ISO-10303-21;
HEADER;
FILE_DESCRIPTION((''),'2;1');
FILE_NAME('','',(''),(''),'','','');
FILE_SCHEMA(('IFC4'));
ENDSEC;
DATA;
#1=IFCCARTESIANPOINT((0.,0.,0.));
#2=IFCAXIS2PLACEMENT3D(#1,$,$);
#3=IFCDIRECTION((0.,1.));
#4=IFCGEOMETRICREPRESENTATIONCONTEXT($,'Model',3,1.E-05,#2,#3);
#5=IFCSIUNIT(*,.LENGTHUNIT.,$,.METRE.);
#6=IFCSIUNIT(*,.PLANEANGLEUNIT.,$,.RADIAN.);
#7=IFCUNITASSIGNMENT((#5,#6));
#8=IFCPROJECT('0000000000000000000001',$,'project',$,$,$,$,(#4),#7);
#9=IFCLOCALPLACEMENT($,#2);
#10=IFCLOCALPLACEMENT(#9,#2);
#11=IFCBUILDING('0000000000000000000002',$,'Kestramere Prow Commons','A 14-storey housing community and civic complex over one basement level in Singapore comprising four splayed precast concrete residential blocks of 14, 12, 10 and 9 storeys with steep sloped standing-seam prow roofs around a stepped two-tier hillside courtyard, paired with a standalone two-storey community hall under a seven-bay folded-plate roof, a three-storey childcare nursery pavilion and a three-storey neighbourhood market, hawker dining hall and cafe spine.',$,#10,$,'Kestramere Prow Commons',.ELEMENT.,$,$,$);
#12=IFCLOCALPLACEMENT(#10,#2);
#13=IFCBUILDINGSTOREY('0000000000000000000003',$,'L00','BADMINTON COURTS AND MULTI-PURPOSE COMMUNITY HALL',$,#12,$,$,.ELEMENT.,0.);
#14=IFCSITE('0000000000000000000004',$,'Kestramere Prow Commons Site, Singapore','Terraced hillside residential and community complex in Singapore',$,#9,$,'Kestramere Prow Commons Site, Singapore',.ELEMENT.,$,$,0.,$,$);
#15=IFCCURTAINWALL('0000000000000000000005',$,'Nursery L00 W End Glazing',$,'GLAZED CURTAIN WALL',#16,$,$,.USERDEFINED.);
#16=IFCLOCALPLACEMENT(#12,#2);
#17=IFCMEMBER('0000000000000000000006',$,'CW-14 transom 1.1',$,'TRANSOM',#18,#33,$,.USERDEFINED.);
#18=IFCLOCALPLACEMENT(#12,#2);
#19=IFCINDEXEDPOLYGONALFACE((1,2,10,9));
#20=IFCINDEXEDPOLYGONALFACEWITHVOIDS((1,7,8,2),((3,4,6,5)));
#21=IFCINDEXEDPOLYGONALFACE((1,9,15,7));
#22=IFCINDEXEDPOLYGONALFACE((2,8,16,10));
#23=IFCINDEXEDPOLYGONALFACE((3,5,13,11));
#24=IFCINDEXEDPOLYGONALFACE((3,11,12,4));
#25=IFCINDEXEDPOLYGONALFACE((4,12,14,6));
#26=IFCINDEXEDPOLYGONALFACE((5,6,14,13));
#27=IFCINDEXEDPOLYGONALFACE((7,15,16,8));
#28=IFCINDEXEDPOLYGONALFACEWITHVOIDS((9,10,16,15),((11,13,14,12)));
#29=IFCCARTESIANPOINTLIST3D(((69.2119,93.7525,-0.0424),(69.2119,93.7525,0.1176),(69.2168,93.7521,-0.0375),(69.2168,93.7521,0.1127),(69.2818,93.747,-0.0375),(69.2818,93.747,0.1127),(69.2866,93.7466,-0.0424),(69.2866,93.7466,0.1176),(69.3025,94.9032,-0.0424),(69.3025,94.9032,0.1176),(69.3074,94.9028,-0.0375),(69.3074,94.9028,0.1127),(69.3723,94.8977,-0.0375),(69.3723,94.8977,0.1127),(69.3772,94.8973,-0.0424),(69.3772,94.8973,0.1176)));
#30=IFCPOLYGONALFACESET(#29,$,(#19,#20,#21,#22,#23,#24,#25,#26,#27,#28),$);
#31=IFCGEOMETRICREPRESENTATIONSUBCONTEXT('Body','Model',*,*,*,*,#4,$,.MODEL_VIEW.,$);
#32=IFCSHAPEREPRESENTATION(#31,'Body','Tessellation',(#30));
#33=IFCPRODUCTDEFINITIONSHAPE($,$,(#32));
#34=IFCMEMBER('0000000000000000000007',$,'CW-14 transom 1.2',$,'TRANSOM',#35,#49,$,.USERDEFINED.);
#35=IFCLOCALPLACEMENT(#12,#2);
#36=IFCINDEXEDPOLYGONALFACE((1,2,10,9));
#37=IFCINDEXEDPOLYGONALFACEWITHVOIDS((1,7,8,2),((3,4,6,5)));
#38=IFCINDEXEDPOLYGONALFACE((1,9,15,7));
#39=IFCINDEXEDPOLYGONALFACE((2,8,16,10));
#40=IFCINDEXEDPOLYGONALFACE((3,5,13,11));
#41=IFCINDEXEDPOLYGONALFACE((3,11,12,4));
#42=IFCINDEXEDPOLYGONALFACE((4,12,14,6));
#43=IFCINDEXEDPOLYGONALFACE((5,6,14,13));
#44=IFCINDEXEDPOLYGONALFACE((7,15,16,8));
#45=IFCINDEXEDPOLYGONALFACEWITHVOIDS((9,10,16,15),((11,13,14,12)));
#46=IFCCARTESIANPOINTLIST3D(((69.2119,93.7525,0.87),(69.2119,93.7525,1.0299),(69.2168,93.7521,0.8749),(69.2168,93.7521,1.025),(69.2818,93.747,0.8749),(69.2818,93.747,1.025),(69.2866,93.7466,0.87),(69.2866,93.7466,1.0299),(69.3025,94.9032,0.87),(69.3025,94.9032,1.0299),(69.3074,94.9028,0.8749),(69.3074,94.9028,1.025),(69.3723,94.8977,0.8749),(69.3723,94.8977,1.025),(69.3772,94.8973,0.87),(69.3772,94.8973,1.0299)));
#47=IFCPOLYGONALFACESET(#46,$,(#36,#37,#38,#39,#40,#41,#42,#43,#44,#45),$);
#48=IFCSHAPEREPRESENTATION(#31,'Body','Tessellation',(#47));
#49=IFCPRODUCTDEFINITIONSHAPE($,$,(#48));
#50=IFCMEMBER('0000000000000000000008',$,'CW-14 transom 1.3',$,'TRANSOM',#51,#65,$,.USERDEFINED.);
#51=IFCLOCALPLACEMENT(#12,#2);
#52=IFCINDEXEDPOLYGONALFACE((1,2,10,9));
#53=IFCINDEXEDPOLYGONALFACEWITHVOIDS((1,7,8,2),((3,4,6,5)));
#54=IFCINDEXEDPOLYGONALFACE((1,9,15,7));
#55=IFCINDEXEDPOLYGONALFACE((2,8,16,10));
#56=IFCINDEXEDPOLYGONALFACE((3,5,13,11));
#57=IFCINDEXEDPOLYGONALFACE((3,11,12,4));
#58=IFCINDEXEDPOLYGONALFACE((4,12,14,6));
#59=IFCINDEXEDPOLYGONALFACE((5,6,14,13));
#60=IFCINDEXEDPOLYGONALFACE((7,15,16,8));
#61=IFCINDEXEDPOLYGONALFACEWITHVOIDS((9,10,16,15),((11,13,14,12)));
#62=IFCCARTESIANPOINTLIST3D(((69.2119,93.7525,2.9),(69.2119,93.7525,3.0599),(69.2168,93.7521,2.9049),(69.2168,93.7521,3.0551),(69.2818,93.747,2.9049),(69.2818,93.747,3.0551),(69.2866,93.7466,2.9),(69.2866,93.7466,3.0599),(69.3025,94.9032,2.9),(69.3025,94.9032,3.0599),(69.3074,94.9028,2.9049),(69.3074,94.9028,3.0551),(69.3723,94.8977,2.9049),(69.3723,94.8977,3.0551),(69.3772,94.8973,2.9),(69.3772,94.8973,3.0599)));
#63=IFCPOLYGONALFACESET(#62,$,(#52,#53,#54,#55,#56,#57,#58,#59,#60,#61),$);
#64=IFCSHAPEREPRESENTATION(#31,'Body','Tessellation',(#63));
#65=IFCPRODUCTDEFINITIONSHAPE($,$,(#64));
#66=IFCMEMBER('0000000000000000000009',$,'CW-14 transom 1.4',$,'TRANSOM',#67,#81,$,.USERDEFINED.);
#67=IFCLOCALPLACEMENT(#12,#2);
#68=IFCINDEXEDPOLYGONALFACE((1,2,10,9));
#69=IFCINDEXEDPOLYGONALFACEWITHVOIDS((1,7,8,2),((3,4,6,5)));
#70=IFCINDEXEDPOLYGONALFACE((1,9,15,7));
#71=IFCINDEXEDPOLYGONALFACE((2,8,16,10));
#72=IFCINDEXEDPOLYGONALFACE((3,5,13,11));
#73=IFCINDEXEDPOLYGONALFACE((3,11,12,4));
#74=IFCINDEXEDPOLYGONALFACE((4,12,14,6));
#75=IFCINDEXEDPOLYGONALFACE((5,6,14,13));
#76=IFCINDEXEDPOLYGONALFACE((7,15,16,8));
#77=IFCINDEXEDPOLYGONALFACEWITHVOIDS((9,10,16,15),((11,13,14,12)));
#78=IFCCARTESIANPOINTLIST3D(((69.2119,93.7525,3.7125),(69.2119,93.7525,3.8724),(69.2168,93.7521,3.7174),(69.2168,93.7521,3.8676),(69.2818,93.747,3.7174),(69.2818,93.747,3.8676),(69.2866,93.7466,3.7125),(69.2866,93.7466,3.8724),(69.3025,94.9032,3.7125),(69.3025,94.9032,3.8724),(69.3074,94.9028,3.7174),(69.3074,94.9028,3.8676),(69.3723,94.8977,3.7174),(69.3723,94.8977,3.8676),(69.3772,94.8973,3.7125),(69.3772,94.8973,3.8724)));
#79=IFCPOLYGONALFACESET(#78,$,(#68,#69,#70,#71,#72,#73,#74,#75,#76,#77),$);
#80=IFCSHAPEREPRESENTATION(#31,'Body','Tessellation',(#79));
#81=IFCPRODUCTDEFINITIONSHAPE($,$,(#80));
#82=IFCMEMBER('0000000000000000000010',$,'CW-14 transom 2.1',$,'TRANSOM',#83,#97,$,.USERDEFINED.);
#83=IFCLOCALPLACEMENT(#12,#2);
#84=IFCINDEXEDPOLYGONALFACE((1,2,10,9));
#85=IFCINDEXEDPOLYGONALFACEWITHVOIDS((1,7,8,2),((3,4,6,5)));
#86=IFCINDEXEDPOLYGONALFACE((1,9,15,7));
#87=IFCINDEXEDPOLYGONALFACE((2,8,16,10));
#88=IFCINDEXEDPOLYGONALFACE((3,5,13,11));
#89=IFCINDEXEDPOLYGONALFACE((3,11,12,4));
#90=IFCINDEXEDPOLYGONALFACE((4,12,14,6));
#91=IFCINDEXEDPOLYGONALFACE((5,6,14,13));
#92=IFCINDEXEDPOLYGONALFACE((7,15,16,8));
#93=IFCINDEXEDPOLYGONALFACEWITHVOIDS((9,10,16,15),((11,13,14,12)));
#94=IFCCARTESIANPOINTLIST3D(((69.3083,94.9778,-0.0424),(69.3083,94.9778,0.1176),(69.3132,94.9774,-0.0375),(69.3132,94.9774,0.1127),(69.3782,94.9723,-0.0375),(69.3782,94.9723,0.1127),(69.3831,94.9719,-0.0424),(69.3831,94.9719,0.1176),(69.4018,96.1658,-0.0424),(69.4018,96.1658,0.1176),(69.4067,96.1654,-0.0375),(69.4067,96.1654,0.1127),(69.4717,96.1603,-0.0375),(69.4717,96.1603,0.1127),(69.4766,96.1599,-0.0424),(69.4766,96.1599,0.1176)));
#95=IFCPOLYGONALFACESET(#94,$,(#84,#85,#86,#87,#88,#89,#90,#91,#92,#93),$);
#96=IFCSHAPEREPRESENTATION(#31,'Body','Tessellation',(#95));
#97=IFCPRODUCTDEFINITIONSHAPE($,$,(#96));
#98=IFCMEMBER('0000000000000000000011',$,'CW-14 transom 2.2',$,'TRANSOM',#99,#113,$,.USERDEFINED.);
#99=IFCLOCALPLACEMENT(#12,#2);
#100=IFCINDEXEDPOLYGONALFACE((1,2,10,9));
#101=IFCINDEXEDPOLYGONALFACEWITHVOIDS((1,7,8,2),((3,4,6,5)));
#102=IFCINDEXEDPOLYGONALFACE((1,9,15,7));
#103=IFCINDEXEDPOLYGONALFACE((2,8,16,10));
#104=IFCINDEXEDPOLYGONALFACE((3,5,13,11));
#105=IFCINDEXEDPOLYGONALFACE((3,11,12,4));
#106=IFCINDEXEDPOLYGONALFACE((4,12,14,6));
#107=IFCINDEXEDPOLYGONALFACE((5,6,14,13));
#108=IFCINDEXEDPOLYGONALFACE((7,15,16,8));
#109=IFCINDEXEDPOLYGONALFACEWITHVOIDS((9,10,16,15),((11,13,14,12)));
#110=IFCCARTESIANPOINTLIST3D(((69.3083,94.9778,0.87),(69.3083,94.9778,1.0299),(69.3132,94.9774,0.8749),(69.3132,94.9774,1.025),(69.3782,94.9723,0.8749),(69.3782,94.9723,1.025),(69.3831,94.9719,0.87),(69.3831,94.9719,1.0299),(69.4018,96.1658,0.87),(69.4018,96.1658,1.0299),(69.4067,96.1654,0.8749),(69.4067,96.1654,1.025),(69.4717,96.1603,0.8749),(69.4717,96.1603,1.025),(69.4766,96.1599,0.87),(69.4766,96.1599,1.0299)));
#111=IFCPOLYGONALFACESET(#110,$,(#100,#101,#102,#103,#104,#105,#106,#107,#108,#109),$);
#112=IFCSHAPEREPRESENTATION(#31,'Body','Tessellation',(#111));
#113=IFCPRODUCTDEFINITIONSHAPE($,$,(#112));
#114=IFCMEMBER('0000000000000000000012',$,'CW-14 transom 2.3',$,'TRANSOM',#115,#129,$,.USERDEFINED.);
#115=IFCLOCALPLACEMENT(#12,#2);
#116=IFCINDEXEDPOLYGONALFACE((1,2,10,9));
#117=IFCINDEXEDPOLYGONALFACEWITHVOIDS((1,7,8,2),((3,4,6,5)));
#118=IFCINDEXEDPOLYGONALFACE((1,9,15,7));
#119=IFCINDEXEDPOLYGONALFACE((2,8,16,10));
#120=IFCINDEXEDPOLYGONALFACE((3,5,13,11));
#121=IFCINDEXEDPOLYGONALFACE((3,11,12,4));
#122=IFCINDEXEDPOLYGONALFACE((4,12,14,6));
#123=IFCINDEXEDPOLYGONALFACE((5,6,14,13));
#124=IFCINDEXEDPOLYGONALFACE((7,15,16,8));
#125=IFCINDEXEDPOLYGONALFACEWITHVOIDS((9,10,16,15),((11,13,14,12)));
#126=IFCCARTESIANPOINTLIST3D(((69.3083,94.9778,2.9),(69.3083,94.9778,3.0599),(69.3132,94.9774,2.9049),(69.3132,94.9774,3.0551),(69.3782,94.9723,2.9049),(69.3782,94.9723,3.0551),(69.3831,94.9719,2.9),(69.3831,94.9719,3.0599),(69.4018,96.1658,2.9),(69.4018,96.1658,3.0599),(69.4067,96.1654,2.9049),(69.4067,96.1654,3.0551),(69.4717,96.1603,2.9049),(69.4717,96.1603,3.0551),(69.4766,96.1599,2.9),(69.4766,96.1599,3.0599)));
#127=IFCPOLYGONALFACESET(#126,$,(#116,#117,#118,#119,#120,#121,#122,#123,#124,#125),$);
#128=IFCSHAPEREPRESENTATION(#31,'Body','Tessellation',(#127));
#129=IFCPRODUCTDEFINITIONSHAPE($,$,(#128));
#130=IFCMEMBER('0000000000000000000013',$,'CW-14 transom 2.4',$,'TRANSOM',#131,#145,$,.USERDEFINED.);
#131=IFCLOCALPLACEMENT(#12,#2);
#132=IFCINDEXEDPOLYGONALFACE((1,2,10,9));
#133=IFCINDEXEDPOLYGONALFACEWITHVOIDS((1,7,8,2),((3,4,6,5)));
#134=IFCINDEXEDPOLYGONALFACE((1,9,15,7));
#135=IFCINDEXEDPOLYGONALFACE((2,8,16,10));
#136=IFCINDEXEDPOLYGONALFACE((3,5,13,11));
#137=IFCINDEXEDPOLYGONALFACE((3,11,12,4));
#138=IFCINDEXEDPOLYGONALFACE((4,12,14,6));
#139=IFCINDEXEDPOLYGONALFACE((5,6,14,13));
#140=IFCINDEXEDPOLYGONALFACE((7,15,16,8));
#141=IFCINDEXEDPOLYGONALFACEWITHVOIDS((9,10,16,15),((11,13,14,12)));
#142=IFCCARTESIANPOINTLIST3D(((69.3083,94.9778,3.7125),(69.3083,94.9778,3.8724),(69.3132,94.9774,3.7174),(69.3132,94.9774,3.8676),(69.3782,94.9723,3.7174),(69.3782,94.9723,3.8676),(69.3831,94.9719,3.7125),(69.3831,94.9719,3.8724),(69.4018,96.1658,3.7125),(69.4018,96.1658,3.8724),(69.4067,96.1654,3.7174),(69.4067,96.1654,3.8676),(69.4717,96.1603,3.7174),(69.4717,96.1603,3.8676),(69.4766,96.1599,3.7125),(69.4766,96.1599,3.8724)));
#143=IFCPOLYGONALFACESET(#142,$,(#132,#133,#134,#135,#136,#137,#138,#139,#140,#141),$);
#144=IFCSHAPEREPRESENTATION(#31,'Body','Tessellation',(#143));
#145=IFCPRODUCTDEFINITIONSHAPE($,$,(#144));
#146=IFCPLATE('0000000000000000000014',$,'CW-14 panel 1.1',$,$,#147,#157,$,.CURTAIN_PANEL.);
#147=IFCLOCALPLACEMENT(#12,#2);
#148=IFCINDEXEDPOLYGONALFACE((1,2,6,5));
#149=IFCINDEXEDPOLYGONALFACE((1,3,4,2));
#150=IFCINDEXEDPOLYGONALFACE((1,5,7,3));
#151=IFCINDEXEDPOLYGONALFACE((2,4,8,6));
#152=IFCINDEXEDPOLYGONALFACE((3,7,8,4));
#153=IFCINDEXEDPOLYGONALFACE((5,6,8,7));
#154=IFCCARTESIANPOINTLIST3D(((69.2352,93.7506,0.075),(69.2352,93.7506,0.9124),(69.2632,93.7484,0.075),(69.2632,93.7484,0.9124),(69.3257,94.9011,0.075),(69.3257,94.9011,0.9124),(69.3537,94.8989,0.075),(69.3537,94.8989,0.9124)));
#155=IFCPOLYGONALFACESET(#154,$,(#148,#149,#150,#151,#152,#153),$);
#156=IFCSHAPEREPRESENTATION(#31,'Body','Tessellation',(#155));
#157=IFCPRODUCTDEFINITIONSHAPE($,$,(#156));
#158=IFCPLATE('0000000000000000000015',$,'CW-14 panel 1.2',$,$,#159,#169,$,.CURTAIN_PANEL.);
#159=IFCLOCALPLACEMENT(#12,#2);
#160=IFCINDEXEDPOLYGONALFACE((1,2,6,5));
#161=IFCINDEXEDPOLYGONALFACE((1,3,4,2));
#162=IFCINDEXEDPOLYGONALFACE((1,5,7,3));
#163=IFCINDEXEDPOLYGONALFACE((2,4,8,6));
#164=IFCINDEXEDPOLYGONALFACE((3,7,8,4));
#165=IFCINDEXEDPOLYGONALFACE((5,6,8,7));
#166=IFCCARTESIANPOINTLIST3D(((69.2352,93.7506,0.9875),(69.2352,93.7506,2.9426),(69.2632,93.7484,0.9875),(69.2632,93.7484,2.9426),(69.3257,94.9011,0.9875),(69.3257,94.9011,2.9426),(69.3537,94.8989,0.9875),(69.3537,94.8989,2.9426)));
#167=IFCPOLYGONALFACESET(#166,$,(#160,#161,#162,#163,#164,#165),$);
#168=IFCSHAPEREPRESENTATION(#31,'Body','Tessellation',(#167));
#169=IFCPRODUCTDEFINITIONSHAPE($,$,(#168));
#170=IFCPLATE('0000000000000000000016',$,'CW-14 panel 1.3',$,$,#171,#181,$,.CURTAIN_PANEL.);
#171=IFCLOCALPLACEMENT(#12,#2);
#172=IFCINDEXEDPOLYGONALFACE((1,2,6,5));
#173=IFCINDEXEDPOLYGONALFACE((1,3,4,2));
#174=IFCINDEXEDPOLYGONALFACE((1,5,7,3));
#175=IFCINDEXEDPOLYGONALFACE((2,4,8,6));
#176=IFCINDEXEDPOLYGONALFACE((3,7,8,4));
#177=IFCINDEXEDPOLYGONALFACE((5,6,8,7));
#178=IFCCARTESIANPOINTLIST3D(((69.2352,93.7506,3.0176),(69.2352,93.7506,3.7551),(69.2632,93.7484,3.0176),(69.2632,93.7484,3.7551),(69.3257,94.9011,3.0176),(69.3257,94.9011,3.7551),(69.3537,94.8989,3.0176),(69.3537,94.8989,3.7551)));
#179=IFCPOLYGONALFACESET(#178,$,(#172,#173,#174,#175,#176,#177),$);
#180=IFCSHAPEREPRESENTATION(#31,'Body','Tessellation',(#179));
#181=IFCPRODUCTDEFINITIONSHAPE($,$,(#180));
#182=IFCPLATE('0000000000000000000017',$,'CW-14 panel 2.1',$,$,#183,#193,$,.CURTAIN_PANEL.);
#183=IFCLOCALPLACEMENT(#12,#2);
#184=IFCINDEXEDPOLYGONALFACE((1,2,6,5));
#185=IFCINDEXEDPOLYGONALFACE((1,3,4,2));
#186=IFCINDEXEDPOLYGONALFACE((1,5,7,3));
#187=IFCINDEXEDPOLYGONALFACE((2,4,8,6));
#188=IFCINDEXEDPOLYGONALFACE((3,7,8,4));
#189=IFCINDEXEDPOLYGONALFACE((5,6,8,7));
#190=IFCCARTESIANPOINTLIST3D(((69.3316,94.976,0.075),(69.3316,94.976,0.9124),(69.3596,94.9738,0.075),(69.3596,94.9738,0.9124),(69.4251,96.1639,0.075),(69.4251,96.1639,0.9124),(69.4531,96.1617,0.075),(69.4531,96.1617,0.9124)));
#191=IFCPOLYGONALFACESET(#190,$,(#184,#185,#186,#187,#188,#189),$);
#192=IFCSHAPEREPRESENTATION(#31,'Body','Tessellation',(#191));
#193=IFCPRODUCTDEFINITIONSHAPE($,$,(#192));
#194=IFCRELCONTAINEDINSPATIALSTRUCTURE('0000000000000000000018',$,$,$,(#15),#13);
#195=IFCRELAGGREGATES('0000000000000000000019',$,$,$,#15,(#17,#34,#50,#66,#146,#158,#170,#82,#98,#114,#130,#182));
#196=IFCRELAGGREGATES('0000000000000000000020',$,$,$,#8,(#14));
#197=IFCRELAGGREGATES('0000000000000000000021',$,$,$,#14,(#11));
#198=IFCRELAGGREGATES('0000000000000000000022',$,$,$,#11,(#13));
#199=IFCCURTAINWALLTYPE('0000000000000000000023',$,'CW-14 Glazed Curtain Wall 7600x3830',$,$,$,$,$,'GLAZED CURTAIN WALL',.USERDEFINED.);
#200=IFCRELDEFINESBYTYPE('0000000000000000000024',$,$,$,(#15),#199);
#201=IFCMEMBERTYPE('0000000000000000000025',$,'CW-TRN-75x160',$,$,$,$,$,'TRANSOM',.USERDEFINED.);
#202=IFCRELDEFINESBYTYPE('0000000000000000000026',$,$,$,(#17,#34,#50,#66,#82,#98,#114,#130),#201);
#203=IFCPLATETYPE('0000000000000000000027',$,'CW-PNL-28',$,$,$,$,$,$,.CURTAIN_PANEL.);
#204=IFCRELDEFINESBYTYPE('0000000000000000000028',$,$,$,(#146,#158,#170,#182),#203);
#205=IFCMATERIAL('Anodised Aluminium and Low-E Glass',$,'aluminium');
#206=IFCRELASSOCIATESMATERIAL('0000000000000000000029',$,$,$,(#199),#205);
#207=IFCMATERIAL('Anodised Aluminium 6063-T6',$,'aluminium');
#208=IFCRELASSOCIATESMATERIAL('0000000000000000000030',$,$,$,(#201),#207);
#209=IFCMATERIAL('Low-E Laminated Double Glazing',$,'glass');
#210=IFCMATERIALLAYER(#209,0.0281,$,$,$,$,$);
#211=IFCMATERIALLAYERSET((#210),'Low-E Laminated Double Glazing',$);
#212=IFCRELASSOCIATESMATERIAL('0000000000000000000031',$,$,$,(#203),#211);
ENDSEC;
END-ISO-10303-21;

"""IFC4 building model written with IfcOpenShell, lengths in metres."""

from ifc_helpers import new_model, si_unit, direction, frame, origin, origin_2d, place, context, subcontext, project, spatial, rectangle, hollow_rectangle, extrude, material, layer, layer_set, material_profile, profile_set, type_object, element, aggregate, save


model = new_model("IFC4")

# Units and contexts
model_context = context("Model", 3, precision=1e-05, world=origin(), true_north=direction((0.0, 1.0)))
body_context = subcontext(model_context, "Body", "Model", "MODEL_VIEW")
ifc_project = project(units=[si_unit("LENGTHUNIT", "METRE"), si_unit("PLANEANGLEUNIT", "RADIAN")], contexts=[model_context])

# Site, building, storey
site_placement = place(None, origin())
site = spatial("IfcSite", under=ifc_project, at=site_placement, Name="Kestramere Prow Commons Site, Singapore", Description="Terraced hillside residential and community complex in Singapore", LongName="Kestramere Prow Commons Site, Singapore", CompositionType="ELEMENT", RefElevation=0.0)
building_placement = place(site_placement, origin())
building = spatial("IfcBuilding", under=site, at=building_placement, Name="Kestramere Prow Commons", Description="A 14-storey housing community and civic complex over one basement level in Singapore comprising four splayed precast concrete residential blocks of 14, 12, 10 and 9 storeys with steep sloped standing-seam prow roofs around a stepped two-tier hillside courtyard, paired with a standalone two-storey community hall under a seven-bay folded-plate roof, a three-storey childcare nursery pavilion and a three-storey neighbourhood market, hawker dining hall and cafe spine.", LongName="Kestramere Prow Commons", CompositionType="ELEMENT")
storey_placement = place(building_placement, origin())
storey = spatial("IfcBuildingStorey", under=building, at=storey_placement, Name="L00", Description="BADMINTON COURTS AND MULTI-PURPOSE COMMUNITY HALL", CompositionType="ELEMENT", Elevation=0.0)

# Curtain wall, members, plates
ifc_material_1 = material(Name="Anodised Aluminium and Low-E Glass", Category="aluminium")
curtain_wall_type = type_object("IfcCurtainWallType", Name="CW-14 Glazed Curtain Wall 7600x3830", ElementType="GLAZED CURTAIN WALL", PredefinedType="USERDEFINED", material=ifc_material_1)
curtain_wall_placement = place(storey_placement, origin())
curtain_wall = element("IfcCurtainWall", 1, at=curtain_wall_placement, inside=storey, type_object=curtain_wall_type, Name="Nursery L00 W End Glazing", ObjectType="GLAZED CURTAIN WALL", PredefinedType="USERDEFINED")
ifc_material_2 = material(Name="Anodised Aluminium 6063-T6", Category="aluminium")
ifc_material_profile_1 = material_profile(ifc_material_2, hollow_rectangle(XDim=0.075, YDim=0.1599, WallThickness=0.0049, at=origin_2d()), Name="ALU-TRN 75x160")
ifc_profile_set_1 = profile_set([ifc_material_profile_1], Name="Anodised Aluminium 6063-T6")
member_type_1 = type_object("IfcMemberType", Name="CW-TRN-75x160", ElementType="TRANSOM", PredefinedType="USERDEFINED", material=ifc_profile_set_1)
member_1_placement = place(storey_placement, frame((69.2493, 93.7495, 0.0376), z_axis=(0.078476, 0.996916, 0.0), x_axis=(-0.996916, 0.078476, 0.0)))
member_1 = element("IfcMember", 2, at=member_1_placement, type_object=member_type_1, Name="CW-14 transom 1.1", ObjectType="TRANSOM", PredefinedType="USERDEFINED", context=body_context, shape_type="SweptSolid", body=[
    extrude(hollow_rectangle(XDim=0.075, YDim=0.1599, WallThickness=0.0049, at=origin_2d()), origin(), (0.0, 0.0, 1.0), 1.1543),
])
member_2_placement = place(storey_placement, frame((69.2493, 93.7495, 0.95), z_axis=(0.078476, 0.996916, 0.0), x_axis=(-0.996916, 0.078476, 0.0)))
member_2 = element("IfcMember", 3, at=member_2_placement, type_object=member_type_1, Name="CW-14 transom 1.2", ObjectType="TRANSOM", PredefinedType="USERDEFINED", context=body_context, shape_type="SweptSolid", body=[
    extrude(hollow_rectangle(XDim=0.075, YDim=0.1599, WallThickness=0.0049, at=origin_2d()), origin(), (0.0, 0.0, 1.0), 1.1543),
])
member_3_placement = place(storey_placement, frame((69.2493, 93.7495, 2.98), z_axis=(0.078476, 0.996916, 0.0), x_axis=(-0.996916, 0.078476, 0.0)))
member_3 = element("IfcMember", 4, at=member_3_placement, type_object=member_type_1, Name="CW-14 transom 1.3", ObjectType="TRANSOM", PredefinedType="USERDEFINED", context=body_context, shape_type="SweptSolid", body=[
    extrude(hollow_rectangle(XDim=0.075, YDim=0.1599, WallThickness=0.0049, at=origin_2d()), origin(), (0.0, 0.0, 1.0), 1.1543),
])
member_4_placement = place(storey_placement, frame((69.2493, 93.7495, 3.7925), z_axis=(0.078476, 0.996916, 0.0), x_axis=(-0.996916, 0.078476, 0.0)))
member_4 = element("IfcMember", 5, at=member_4_placement, type_object=member_type_1, Name="CW-14 transom 1.4", ObjectType="TRANSOM", PredefinedType="USERDEFINED", context=body_context, shape_type="SweptSolid", body=[
    extrude(hollow_rectangle(XDim=0.075, YDim=0.1599, WallThickness=0.0049, at=origin_2d()), origin(), (0.0, 0.0, 1.0), 1.1543),
])
member_5_placement = place(storey_placement, frame((69.3457, 94.9749, 0.0376), z_axis=(0.078467, 0.996917, 0.0), x_axis=(-0.996917, 0.078467, 0.0)))
member_5 = element("IfcMember", 6, at=member_5_placement, type_object=member_type_1, Name="CW-14 transom 2.1", ObjectType="TRANSOM", PredefinedType="USERDEFINED", context=body_context, shape_type="SweptSolid", body=[
    extrude(hollow_rectangle(XDim=0.075, YDim=0.1599, WallThickness=0.0049, at=origin_2d()), origin(), (0.0, 0.0, 1.0), 1.1917),
])
member_6_placement = place(storey_placement, frame((69.3457, 94.9749, 0.95), z_axis=(0.078467, 0.996917, 0.0), x_axis=(-0.996917, 0.078467, 0.0)))
member_6 = element("IfcMember", 7, at=member_6_placement, type_object=member_type_1, Name="CW-14 transom 2.2", ObjectType="TRANSOM", PredefinedType="USERDEFINED", context=body_context, shape_type="SweptSolid", body=[
    extrude(hollow_rectangle(XDim=0.075, YDim=0.1599, WallThickness=0.0049, at=origin_2d()), origin(), (0.0, 0.0, 1.0), 1.1917),
])
member_7_placement = place(storey_placement, frame((69.3457, 94.9749, 2.98), z_axis=(0.078467, 0.996917, 0.0), x_axis=(-0.996917, 0.078467, 0.0)))
member_7 = element("IfcMember", 8, at=member_7_placement, type_object=member_type_1, Name="CW-14 transom 2.3", ObjectType="TRANSOM", PredefinedType="USERDEFINED", context=body_context, shape_type="SweptSolid", body=[
    extrude(hollow_rectangle(XDim=0.075, YDim=0.1599, WallThickness=0.0049, at=origin_2d()), origin(), (0.0, 0.0, 1.0), 1.1917),
])
member_8_placement = place(storey_placement, frame((69.3457, 94.9749, 3.7925), z_axis=(0.078467, 0.996917, 0.0), x_axis=(-0.996917, 0.078467, 0.0)))
member_8 = element("IfcMember", 9, at=member_8_placement, type_object=member_type_1, Name="CW-14 transom 2.4", ObjectType="TRANSOM", PredefinedType="USERDEFINED", context=body_context, shape_type="SweptSolid", body=[
    extrude(hollow_rectangle(XDim=0.075, YDim=0.1599, WallThickness=0.0049, at=origin_2d()), origin(), (0.0, 0.0, 1.0), 1.1917),
])
ifc_material_3 = material(Name="Low-E Laminated Double Glazing", Category="glass")
ifc_layer_1 = layer(ifc_material_3, 0.0281)
ifc_layer_set_1 = layer_set([ifc_layer_1], Name="Low-E Laminated Double Glazing")
plate_type = type_object("IfcPlateType", Name="CW-PNL-28", PredefinedType="CURTAIN_PANEL", material=ifc_layer_set_1)
plate_1_placement = place(storey_placement, frame((69.2944, 94.3247, 0.075), z_axis=(0.0, 0.0, 1.0), x_axis=(0.078459, 0.996917, 0.0)))
plate_1 = element("IfcPlate", 10, at=plate_1_placement, type_object=plate_type, Name="CW-14 panel 1.1", PredefinedType="CURTAIN_PANEL", context=body_context, shape_type="SweptSolid", body=[
    extrude(rectangle(XDim=1.1541, YDim=0.0281, at=origin_2d()), origin(), (0.0, 0.0, 1.0), 0.8374),
])
plate_2_placement = place(storey_placement, frame((69.2944, 94.3247, 0.9875), z_axis=(0.0, 0.0, 1.0), x_axis=(0.078459, 0.996917, 0.0)))
plate_2 = element("IfcPlate", 11, at=plate_2_placement, type_object=plate_type, Name="CW-14 panel 1.2", PredefinedType="CURTAIN_PANEL", context=body_context, shape_type="SweptSolid", body=[
    extrude(rectangle(XDim=1.1541, YDim=0.0281, at=origin_2d()), origin(), (0.0, 0.0, 1.0), 1.9551),
])
plate_3_placement = place(storey_placement, frame((69.2944, 94.3247, 3.0176), z_axis=(0.0, 0.0, 1.0), x_axis=(0.078459, 0.996917, 0.0)))
plate_3 = element("IfcPlate", 12, at=plate_3_placement, type_object=plate_type, Name="CW-14 panel 1.3", PredefinedType="CURTAIN_PANEL", context=body_context, shape_type="SweptSolid", body=[
    extrude(rectangle(XDim=1.1541, YDim=0.0281, at=origin_2d()), origin(), (0.0, 0.0, 1.0), 0.7375),
])
plate_4_placement = place(storey_placement, frame((69.3923, 95.5688, 0.075), z_axis=(0.0, 0.0, 1.0), x_axis=(0.078459, 0.996917, 0.0)))
plate_4 = element("IfcPlate", 13, at=plate_4_placement, type_object=plate_type, Name="CW-14 panel 2.1", PredefinedType="CURTAIN_PANEL", context=body_context, shape_type="SweptSolid", body=[
    extrude(rectangle(XDim=1.1917, YDim=0.0281, at=origin_2d()), origin(), (0.0, 0.0, 1.0), 0.8374),
])
aggregate(curtain_wall, [member_1, member_2, member_3, member_4, plate_1, plate_2, plate_3, member_5, member_6, member_7, member_8, plate_4])

save(model, "model.ifc")
